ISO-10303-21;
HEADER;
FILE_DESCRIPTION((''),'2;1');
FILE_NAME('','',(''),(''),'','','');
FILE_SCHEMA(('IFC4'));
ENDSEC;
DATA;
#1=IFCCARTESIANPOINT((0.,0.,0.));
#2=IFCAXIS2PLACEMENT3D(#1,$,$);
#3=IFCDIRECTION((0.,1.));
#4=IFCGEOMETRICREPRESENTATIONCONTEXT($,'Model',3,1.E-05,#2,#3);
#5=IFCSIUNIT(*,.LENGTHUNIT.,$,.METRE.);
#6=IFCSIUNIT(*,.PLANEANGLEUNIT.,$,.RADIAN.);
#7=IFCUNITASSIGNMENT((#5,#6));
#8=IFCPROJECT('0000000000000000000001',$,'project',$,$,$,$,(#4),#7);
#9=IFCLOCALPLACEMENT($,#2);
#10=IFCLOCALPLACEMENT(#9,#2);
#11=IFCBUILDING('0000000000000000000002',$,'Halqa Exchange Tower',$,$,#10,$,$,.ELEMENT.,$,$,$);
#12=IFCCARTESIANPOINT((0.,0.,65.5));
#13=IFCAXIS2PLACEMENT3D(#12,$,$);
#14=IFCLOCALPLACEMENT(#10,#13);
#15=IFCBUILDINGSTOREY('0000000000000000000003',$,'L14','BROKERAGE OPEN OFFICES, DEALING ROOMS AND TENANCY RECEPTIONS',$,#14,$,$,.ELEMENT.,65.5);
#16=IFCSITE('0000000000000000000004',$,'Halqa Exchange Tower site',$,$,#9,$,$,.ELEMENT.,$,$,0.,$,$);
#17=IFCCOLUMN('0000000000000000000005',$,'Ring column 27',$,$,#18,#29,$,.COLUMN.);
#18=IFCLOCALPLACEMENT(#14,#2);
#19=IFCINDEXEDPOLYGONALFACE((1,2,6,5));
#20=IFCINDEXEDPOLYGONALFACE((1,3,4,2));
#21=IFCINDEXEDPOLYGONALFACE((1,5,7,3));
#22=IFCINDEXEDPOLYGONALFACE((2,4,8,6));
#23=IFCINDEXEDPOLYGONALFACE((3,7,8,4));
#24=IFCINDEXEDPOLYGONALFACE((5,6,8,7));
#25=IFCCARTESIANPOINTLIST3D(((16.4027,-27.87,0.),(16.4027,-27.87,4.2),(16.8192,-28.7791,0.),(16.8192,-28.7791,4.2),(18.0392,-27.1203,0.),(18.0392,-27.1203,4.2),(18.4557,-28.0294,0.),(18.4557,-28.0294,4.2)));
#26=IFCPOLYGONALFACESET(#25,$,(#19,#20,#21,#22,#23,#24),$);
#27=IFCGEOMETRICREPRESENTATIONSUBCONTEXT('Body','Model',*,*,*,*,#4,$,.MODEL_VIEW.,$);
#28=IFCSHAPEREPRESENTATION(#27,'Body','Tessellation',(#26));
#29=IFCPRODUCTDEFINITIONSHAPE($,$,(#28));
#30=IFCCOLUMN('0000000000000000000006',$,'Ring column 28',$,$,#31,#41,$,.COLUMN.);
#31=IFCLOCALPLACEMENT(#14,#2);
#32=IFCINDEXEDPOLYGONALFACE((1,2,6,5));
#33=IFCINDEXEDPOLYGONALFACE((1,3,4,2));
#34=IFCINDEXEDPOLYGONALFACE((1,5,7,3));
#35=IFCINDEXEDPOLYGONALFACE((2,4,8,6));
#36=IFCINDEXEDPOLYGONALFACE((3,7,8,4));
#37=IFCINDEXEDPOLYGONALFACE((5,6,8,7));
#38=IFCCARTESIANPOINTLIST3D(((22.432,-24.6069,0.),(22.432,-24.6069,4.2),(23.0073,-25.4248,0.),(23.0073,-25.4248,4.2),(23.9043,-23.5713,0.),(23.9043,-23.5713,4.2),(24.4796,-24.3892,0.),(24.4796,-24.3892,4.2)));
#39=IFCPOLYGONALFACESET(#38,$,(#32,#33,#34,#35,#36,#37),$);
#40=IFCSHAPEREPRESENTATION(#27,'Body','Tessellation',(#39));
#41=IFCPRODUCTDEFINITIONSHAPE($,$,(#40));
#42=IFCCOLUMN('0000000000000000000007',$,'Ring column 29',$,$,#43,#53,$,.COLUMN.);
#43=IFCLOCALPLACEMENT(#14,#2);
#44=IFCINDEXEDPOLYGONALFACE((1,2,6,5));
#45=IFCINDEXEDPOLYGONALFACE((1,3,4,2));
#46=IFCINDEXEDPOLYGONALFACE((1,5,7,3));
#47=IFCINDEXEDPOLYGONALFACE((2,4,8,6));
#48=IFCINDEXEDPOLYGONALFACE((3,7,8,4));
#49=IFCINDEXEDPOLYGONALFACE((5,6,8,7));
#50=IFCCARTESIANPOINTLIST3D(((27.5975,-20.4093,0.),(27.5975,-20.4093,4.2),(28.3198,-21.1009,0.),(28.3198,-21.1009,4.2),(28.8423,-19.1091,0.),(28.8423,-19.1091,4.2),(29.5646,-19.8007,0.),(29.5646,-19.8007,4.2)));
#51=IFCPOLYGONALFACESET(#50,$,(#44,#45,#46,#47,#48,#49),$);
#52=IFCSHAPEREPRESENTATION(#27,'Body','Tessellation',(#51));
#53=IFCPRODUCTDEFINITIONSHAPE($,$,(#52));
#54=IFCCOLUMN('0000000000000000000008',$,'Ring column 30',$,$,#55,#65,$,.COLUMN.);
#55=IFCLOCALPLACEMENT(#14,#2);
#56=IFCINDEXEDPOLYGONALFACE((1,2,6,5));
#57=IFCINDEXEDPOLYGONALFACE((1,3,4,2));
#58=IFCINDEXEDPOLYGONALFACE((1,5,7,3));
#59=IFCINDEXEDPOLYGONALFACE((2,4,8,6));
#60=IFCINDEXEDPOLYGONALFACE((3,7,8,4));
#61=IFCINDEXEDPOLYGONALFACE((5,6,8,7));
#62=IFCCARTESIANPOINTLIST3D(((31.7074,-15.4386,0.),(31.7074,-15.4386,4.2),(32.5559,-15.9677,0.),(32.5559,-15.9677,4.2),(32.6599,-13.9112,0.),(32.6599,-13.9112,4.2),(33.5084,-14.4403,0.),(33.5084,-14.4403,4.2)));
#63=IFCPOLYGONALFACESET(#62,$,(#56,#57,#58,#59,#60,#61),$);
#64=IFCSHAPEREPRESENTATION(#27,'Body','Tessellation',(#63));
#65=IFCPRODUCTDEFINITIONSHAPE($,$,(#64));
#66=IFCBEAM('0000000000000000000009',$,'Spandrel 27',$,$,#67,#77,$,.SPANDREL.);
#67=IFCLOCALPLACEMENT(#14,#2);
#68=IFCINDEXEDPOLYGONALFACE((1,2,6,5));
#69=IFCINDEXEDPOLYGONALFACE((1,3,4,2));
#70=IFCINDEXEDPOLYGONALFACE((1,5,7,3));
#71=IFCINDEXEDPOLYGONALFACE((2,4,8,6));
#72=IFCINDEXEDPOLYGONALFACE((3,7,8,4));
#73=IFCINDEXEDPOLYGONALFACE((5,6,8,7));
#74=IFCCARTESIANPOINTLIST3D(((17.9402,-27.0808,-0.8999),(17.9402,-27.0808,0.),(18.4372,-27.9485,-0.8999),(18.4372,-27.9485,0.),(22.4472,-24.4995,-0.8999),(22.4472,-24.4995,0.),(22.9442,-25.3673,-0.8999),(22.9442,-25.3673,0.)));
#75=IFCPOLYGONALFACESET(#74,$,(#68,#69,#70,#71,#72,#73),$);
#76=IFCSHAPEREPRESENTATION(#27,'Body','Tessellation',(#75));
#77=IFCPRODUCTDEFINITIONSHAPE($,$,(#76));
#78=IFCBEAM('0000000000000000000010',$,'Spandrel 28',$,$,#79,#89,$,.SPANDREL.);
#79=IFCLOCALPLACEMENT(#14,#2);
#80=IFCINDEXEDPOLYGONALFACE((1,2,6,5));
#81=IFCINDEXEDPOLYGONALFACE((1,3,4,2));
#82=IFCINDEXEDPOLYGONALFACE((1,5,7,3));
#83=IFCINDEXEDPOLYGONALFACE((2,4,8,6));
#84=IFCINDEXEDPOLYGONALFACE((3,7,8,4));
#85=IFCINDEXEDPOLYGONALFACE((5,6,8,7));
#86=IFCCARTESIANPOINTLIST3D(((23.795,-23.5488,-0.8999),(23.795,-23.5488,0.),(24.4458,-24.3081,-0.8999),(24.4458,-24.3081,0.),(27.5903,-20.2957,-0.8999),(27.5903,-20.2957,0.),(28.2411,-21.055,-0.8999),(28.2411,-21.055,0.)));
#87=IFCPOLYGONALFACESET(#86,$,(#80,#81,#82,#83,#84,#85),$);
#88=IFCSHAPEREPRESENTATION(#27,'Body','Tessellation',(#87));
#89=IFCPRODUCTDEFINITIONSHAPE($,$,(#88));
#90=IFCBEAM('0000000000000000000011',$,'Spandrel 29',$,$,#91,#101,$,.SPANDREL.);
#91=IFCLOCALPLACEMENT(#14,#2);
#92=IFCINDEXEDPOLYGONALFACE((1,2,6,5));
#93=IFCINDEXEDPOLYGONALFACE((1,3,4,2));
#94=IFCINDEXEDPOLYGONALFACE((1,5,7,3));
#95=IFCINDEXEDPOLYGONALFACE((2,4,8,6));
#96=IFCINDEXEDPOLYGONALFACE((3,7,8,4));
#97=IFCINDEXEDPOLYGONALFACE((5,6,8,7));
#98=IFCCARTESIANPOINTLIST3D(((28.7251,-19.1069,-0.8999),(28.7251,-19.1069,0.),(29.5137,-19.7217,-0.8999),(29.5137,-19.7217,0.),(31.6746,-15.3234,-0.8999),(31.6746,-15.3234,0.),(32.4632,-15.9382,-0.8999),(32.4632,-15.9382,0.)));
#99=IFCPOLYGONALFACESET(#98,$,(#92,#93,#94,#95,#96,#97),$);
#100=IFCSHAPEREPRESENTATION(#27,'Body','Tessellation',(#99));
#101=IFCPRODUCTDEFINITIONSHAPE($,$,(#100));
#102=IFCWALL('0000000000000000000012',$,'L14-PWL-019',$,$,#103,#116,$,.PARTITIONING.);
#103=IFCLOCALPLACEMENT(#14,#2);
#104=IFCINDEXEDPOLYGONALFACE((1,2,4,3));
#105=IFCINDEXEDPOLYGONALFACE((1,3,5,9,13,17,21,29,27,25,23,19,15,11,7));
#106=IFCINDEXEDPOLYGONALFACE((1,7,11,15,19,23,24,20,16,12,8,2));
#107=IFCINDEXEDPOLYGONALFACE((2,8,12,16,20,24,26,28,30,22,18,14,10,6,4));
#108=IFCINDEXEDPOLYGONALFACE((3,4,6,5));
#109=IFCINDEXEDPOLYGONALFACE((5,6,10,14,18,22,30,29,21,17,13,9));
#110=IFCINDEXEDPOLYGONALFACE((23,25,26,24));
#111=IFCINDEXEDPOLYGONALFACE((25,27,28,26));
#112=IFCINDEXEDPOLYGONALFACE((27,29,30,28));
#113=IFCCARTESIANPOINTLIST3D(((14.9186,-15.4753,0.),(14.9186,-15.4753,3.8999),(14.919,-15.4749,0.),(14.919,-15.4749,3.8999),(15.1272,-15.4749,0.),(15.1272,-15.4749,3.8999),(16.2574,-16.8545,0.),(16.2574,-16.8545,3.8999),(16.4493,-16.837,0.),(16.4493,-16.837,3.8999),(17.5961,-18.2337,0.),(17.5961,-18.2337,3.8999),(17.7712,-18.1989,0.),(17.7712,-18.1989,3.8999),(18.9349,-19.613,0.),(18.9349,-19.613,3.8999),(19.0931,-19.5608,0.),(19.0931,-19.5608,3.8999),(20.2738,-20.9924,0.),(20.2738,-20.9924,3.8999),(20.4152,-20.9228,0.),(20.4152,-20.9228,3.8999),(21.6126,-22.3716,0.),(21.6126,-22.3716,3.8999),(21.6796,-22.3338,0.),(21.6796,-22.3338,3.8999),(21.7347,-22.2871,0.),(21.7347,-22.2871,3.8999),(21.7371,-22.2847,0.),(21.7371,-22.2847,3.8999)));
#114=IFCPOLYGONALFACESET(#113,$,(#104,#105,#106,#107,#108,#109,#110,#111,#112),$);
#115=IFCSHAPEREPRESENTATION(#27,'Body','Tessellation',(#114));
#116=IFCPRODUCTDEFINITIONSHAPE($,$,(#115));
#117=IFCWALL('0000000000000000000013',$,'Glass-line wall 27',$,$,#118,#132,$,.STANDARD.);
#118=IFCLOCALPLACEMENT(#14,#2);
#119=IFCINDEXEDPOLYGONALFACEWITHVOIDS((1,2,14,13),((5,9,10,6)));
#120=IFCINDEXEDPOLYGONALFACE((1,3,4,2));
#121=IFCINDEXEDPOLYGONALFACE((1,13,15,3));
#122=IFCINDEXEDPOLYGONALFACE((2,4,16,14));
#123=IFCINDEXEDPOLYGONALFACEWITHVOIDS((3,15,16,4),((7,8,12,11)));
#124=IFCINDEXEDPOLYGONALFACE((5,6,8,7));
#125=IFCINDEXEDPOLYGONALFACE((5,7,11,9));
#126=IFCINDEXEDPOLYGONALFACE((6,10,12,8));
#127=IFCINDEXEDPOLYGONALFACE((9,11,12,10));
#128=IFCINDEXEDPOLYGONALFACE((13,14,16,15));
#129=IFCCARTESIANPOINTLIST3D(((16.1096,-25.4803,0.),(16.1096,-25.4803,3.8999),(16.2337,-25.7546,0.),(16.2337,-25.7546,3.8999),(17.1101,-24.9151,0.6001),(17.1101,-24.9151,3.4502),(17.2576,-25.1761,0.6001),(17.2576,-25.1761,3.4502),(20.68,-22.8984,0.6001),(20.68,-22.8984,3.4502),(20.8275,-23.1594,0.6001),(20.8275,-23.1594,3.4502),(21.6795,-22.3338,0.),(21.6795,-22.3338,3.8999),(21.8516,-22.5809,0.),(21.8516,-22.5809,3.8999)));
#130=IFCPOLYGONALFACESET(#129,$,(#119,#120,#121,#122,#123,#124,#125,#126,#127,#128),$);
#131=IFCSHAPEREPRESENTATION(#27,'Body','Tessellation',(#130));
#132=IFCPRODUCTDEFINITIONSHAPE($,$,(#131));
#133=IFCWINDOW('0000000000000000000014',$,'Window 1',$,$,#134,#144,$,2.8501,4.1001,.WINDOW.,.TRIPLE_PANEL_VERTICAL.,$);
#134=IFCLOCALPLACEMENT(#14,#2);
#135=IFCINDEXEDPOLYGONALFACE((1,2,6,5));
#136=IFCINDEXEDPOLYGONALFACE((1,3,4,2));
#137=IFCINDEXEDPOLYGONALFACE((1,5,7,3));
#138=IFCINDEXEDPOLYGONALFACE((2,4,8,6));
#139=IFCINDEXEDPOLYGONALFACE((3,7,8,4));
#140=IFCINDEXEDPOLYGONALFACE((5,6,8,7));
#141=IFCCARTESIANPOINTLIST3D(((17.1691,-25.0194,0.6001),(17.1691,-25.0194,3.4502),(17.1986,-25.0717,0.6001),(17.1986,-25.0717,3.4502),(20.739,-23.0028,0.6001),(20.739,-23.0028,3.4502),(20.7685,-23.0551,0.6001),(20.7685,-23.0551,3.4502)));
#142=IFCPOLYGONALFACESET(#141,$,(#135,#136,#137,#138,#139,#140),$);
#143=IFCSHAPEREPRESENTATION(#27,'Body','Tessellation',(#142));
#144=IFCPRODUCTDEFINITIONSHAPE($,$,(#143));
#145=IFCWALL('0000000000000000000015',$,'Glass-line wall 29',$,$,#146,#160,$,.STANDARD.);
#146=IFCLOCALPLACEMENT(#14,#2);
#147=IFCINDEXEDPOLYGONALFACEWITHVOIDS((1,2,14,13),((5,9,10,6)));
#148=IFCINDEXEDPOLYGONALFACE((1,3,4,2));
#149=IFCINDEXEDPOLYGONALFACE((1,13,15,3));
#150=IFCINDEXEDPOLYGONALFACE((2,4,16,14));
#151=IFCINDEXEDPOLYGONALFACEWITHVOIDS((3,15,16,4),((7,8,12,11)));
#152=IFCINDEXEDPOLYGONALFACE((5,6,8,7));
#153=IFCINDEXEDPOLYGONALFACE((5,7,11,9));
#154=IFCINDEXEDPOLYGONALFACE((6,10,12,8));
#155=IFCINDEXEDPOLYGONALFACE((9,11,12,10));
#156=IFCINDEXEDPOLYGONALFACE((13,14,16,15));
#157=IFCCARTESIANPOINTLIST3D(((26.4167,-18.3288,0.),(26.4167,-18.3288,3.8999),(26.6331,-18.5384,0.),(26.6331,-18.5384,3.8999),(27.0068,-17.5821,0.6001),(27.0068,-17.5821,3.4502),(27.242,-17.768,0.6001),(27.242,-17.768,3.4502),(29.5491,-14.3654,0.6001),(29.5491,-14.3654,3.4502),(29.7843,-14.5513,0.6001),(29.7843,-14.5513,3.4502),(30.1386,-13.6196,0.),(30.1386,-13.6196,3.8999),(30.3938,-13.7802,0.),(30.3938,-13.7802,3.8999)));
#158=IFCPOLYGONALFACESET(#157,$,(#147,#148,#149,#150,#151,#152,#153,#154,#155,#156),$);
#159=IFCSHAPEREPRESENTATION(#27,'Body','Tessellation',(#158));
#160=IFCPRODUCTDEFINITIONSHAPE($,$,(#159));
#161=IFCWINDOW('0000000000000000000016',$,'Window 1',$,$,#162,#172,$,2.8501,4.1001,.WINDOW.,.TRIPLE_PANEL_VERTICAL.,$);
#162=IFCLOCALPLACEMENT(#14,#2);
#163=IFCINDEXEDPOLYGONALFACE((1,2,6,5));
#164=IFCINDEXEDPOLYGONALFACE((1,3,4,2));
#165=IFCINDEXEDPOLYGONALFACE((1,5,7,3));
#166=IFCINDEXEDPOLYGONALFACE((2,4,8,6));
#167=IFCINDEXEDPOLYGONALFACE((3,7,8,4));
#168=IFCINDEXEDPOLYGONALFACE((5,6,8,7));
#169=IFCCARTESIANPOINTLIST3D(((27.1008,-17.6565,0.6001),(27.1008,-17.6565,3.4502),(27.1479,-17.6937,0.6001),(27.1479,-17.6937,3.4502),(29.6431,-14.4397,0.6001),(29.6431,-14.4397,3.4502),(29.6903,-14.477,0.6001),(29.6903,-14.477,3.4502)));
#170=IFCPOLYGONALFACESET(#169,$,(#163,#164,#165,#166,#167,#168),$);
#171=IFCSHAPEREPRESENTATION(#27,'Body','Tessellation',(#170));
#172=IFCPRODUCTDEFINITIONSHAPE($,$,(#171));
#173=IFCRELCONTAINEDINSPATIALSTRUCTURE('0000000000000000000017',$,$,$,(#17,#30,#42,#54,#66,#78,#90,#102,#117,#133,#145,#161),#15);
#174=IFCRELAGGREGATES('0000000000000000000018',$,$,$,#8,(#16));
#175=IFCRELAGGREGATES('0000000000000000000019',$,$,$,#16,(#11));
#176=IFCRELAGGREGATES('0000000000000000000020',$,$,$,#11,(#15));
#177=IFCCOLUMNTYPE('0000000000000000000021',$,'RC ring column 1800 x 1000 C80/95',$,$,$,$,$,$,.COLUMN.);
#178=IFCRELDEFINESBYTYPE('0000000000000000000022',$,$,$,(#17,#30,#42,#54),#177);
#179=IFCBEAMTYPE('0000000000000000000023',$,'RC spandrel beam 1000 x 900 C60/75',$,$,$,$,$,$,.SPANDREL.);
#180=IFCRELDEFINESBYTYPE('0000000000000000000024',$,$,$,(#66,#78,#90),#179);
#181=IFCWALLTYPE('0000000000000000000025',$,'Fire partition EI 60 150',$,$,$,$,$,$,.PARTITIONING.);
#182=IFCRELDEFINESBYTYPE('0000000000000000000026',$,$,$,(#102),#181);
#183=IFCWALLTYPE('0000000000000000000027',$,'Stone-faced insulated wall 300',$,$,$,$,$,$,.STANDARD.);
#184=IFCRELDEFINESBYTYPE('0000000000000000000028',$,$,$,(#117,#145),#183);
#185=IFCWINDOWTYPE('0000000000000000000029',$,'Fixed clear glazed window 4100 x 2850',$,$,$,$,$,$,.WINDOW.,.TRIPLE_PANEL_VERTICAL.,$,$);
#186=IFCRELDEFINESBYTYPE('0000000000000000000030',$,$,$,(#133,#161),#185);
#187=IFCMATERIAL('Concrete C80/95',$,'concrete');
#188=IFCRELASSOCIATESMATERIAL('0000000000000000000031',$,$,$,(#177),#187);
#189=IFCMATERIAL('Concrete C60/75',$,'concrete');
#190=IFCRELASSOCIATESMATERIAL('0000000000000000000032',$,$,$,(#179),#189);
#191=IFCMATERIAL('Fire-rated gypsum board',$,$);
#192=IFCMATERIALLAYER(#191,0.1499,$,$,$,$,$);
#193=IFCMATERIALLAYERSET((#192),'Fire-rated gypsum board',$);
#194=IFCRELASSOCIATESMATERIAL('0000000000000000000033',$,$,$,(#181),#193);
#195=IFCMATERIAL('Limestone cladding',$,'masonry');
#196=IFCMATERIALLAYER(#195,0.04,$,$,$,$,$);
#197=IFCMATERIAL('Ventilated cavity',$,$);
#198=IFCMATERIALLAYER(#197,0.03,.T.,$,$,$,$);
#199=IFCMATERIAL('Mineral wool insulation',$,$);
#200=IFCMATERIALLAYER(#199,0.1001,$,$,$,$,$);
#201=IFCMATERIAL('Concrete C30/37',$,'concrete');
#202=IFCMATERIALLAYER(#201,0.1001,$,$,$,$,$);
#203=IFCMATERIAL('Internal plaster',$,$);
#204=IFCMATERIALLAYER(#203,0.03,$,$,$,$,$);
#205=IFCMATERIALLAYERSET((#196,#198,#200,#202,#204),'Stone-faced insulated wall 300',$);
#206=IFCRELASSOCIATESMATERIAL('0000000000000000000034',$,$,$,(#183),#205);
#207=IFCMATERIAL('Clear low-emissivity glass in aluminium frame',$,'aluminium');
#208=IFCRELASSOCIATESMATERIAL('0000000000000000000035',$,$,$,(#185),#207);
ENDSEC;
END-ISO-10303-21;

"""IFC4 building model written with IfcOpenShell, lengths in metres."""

from ifc_helpers import new_model, si_unit, direction, frame, frame_2d, origin, origin_2d, place, context, subcontext, project, spatial, polyline, rectangle, outline, extrude, material, layer, layer_set, material_profile, profile_set, type_object, element, fill, save


model = new_model("IFC4")

# Units and contexts
model_context = context("Model", 3, precision=1e-05, world=origin(), true_north=direction((0.0, 1.0)))
body_context = subcontext(model_context, "Body", "Model", "MODEL_VIEW")
ifc_project = project(units=[si_unit("LENGTHUNIT", "METRE"), si_unit("PLANEANGLEUNIT", "RADIAN")], contexts=[model_context])

# Site, building, storey
site_placement = place(None, origin())
site = spatial("IfcSite", under=ifc_project, at=site_placement, Name="Halqa Exchange Tower site", CompositionType="ELEMENT", RefElevation=0.0)
building_placement = place(site_placement, origin())
building = spatial("IfcBuilding", under=site, at=building_placement, Name="Halqa Exchange Tower", CompositionType="ELEMENT")
storey_placement = place(building_placement, frame((0.0, 0.0, 65.5)))
storey = spatial("IfcBuildingStorey", under=building, at=storey_placement, Name="L14", Description="BROKERAGE OPEN OFFICES, DEALING ROOMS AND TENANCY RECEPTIONS", CompositionType="ELEMENT", Elevation=65.5)

# Columns
ifc_material_1 = material(Name="Concrete C80/95", Category="concrete")
ifc_material_profile_1 = material_profile(ifc_material_1, rectangle(XDim=1.8, YDim=1.0, at=origin_2d()), Name="1800 x 1000")
ifc_profile_set_1 = profile_set([ifc_material_profile_1], Name="Concrete C80/95")
column_type = type_object("IfcColumnType", Name="RC ring column 1800 x 1000 C80/95", PredefinedType="COLUMN", material=ifc_profile_set_1)
for number, where, z_axis, x_axis, name in (
    (1, (17.4292, -27.9497, 0.0), (0.0, 0.0, 1.0), (0.909126, 0.41652, 0.0), "Ring column 27"),
    (2, (23.4558, -24.498, 0.0), (0.0, 0.0, 1.0), (0.817909, 0.575348, 0.0), "Ring column 28"),
    (3, (28.5811, -20.105, 0.0), (0.0, 0.0, 1.0), (0.691577, 0.722302, 0.0), "Ring column 29"),
    (4, (32.6079, -14.9395, 0.0), (0.0, 0.0, 1.0), (0.529139, 0.848535, 0.0), "Ring column 30"),
):
    element("IfcColumn", number, at=place(storey_placement, frame(where, z_axis=z_axis, x_axis=x_axis)), inside=storey, type_object=column_type, Name=name, PredefinedType="COLUMN", context=body_context, shape_type="SweptSolid", body=[
        extrude(rectangle(XDim=1.8, YDim=1.0, at=origin_2d()), origin(), (0.0, 0.0, 1.0), 4.2),
    ])

# Beams
ifc_material_2 = material(Name="Concrete C60/75", Category="concrete")
ifc_material_profile_2 = material_profile(ifc_material_2, rectangle(XDim=1.0, YDim=0.8999, at=origin_2d()), Name="1000 x 900")
ifc_profile_set_2 = profile_set([ifc_material_profile_2], Name="Concrete C60/75")
beam_type = type_object("IfcBeamType", Name="RC spandrel beam 1000 x 900 C60/75", PredefinedType="SPANDREL", material=ifc_profile_set_2)
beam_1_placement = place(storey_placement, frame((18.1887, -27.5146, -0.45), z_axis=(0.86776, 0.496984, 0.0), x_axis=(-0.496984, 0.86776, 0.0)))
element("IfcBeam", 5, at=beam_1_placement, inside=storey, type_object=beam_type, Name="Spandrel 27", PredefinedType="SPANDREL", context=body_context, shape_type="SweptSolid", body=[
    extrude(rectangle(XDim=1.0, YDim=0.8999, at=origin_2d()), origin(), (0.0, 0.0, 1.0), 5.1938),
])
beam_2_placement = place(storey_placement, frame((24.1204, -23.9285, -0.45), z_axis=(0.75926, 0.650787, 0.0), x_axis=(-0.650787, 0.75926, 0.0)))
element("IfcBeam", 6, at=beam_2_placement, inside=storey, type_object=beam_type, Name="Spandrel 28", PredefinedType="SPANDREL", context=body_context, shape_type="SweptSolid", body=[
    extrude(rectangle(XDim=1.0, YDim=0.8999, at=origin_2d()), origin(), (0.0, 0.0, 1.0), 4.9988),
])
beam_3_placement = place(storey_placement, frame((29.1194, -19.4143, -0.45), z_axis=(0.614821, 0.788667, 0.0), x_axis=(-0.788667, 0.614821, 0.0)))
element("IfcBeam", 7, at=beam_3_placement, inside=storey, type_object=beam_type, Name="Spandrel 29", PredefinedType="SPANDREL", context=body_context, shape_type="SweptSolid", body=[
    extrude(rectangle(XDim=1.0, YDim=0.8999, at=origin_2d()), origin(), (0.0, 0.0, 1.0), 4.7974),
])

# Shared definitions
ifc_material_3 = material(Name="Fire-rated gypsum board")
ifc_layer_1 = layer(ifc_material_3, 0.1499)
ifc_layer_set_1 = layer_set([ifc_layer_1], Name="Fire-rated gypsum board")
wall_type_1 = type_object("IfcWallType", Name="Fire partition EI 60 150", PredefinedType="PARTITIONING", material=ifc_layer_set_1)

# Wall
wall_1_placement = place(storey_placement, frame((21.6833, -22.3369, 0.0), z_axis=(0.0, 0.0, 1.0), x_axis=(-0.6965, 0.717556, 0.0)))
element("IfcWall", 8, at=wall_1_placement, inside=storey, type_object=wall_type_1, Name="L14-PWL-019", PredefinedType="PARTITIONING", context=body_context, shape_type="SweptSolid", body=[
    extrude(outline(polyline([(0.0, -0.075), (1.8979, -0.075), (3.7961, -0.075), (5.6941, -0.075), (7.592, -0.075), (9.4902, -0.075), (9.6353, 0.0745), (9.6353, 0.075), (7.7131, 0.075), (5.791, 0.075), (3.8689, 0.075), (1.9465, 0.075), (0.0244, 0.075), (0.0049, 0.0005), (0.0, -0.0715), (0.0, -0.075)])), origin(), (0.0, 0.0, 1.0), 3.8999),
])

# Wall, opening, window
ifc_material_4 = material(Name="Limestone cladding", Category="masonry")
ifc_layer_2 = layer(ifc_material_4, 0.04)
ifc_material_5 = material(Name="Ventilated cavity")
ifc_layer_3 = layer(ifc_material_5, 0.03, ventilated=True)
ifc_material_6 = material(Name="Mineral wool insulation")
ifc_layer_4 = layer(ifc_material_6, 0.1001)
ifc_material_7 = material(Name="Concrete C30/37", Category="concrete")
ifc_layer_5 = layer(ifc_material_7, 0.1001)
ifc_material_8 = material(Name="Internal plaster")
ifc_layer_6 = layer(ifc_material_8, 0.03)
ifc_layer_set_2 = layer_set([ifc_layer_2, ifc_layer_3, ifc_layer_4, ifc_layer_5, ifc_layer_6], Name="Stone-faced insulated wall 300")
wall_type_2 = type_object("IfcWallType", Name="Stone-faced insulated wall 300", PredefinedType="STANDARD", material=ifc_layer_set_2)
wall_2_placement = place(storey_placement, frame((16.1716, -25.6174, 0.0), z_axis=(0.0, 0.0, 1.0), x_axis=(0.870674, 0.491861, 0.0)))
wall_2 = element("IfcWall", 9, at=wall_2_placement, inside=storey, type_object=wall_type_2, Name="Glass-line wall 27", PredefinedType="STANDARD", context=body_context, shape_type="SweptSolid", body=[
    extrude(outline(polyline([(-0.0134, -0.1499), (6.439, -0.1499), (6.4106, 0.1499), (0.0134, 0.1499), (-0.0134, -0.1499)])), origin(), (0.0, 0.0, 1.0), 3.8999),
])
opening_1_placement = place(wall_2_placement, frame((1.1626, 0.0, 0.6001)))
opening_1 = element("IfcOpeningElement", 10, at=opening_1_placement, cuts=wall_2, PredefinedType="OPENING", context=body_context, shape_type="SweptSolid", body=[
    extrude(rectangle(XDim=4.1001, YDim=2.8501, at=frame_2d((2.05, 1.425))), frame((0.0, 0.1621, 0.0), z_axis=(0.0, -1.0, 0.0), x_axis=(1.0, 0.0, 0.0)), (0.0, 0.0, 1.0), 0.324),
])
ifc_material_9 = material(Name="Clear low-emissivity glass in aluminium frame", Category="aluminium")
window_type = type_object("IfcWindowType", Name="Fixed clear glazed window 4100 x 2850", PartitioningType="TRIPLE_PANEL_VERTICAL", PredefinedType="WINDOW", material=ifc_material_9)
window_1_placement = place(opening_1_placement, origin())
window_1 = element("IfcWindow", 11, at=window_1_placement, inside=storey, type_object=window_type, Name="Window 1", OverallHeight=2.8501, OverallWidth=4.1001, PartitioningType="TRIPLE_PANEL_VERTICAL", PredefinedType="WINDOW", context=body_context, shape_type="SweptSolid", body=[
    extrude(rectangle(XDim=4.1001, YDim=2.8501, at=frame_2d((2.05, 1.425))), frame((0.0, 0.03, 0.0), z_axis=(0.0, -1.0, 0.0), x_axis=(1.0, 0.0, 0.0)), (0.0, 0.0, 1.0), 0.0601),
])
fill(opening_1, window_1)

# Wall, opening, window
wall_3_placement = place(storey_placement, frame((26.5249, -18.4336, 0.0), z_axis=(0.0, 0.0, 1.0), x_axis=(0.620065, 0.78455, 0.0)))
wall_3 = element("IfcWall", 12, at=wall_3_placement, inside=storey, type_object=wall_type_2, Name="Glass-line wall 29", PredefinedType="STANDARD", context=body_context, shape_type="SweptSolid", body=[
    extrude(outline(polyline([(-0.0151, -0.1499), (6.0498, -0.1499), (6.0176, 0.1499), (0.0151, 0.1499), (-0.0151, -0.1499)])), origin(), (0.0, 0.0, 1.0), 3.8999),
])
opening_2_placement = place(wall_3_placement, frame((0.9668, 0.0, 0.6001)))
opening_2 = element("IfcOpeningElement", 13, at=opening_2_placement, cuts=wall_3, PredefinedType="OPENING", context=body_context, shape_type="SweptSolid", body=[
    extrude(rectangle(XDim=4.1001, YDim=2.8501, at=frame_2d((2.05, 1.425))), frame((0.0, 0.1621, 0.0), z_axis=(0.0, -1.0, 0.0), x_axis=(1.0, 0.0, 0.0)), (0.0, 0.0, 1.0), 0.324),
])
window_2_placement = place(opening_2_placement, origin())
window_2 = element("IfcWindow", 14, at=window_2_placement, inside=storey, type_object=window_type, Name="Window 1", OverallHeight=2.8501, OverallWidth=4.1001, PartitioningType="TRIPLE_PANEL_VERTICAL", PredefinedType="WINDOW", context=body_context, shape_type="SweptSolid", body=[
    extrude(rectangle(XDim=4.1001, YDim=2.8501, at=frame_2d((2.05, 1.425))), frame((0.0, 0.03, 0.0), z_axis=(0.0, -1.0, 0.0), x_axis=(1.0, 0.0, 0.0)), (0.0, 0.0, 1.0), 0.0601),
])
fill(opening_2, window_2)

save(model, "model.ifc")
